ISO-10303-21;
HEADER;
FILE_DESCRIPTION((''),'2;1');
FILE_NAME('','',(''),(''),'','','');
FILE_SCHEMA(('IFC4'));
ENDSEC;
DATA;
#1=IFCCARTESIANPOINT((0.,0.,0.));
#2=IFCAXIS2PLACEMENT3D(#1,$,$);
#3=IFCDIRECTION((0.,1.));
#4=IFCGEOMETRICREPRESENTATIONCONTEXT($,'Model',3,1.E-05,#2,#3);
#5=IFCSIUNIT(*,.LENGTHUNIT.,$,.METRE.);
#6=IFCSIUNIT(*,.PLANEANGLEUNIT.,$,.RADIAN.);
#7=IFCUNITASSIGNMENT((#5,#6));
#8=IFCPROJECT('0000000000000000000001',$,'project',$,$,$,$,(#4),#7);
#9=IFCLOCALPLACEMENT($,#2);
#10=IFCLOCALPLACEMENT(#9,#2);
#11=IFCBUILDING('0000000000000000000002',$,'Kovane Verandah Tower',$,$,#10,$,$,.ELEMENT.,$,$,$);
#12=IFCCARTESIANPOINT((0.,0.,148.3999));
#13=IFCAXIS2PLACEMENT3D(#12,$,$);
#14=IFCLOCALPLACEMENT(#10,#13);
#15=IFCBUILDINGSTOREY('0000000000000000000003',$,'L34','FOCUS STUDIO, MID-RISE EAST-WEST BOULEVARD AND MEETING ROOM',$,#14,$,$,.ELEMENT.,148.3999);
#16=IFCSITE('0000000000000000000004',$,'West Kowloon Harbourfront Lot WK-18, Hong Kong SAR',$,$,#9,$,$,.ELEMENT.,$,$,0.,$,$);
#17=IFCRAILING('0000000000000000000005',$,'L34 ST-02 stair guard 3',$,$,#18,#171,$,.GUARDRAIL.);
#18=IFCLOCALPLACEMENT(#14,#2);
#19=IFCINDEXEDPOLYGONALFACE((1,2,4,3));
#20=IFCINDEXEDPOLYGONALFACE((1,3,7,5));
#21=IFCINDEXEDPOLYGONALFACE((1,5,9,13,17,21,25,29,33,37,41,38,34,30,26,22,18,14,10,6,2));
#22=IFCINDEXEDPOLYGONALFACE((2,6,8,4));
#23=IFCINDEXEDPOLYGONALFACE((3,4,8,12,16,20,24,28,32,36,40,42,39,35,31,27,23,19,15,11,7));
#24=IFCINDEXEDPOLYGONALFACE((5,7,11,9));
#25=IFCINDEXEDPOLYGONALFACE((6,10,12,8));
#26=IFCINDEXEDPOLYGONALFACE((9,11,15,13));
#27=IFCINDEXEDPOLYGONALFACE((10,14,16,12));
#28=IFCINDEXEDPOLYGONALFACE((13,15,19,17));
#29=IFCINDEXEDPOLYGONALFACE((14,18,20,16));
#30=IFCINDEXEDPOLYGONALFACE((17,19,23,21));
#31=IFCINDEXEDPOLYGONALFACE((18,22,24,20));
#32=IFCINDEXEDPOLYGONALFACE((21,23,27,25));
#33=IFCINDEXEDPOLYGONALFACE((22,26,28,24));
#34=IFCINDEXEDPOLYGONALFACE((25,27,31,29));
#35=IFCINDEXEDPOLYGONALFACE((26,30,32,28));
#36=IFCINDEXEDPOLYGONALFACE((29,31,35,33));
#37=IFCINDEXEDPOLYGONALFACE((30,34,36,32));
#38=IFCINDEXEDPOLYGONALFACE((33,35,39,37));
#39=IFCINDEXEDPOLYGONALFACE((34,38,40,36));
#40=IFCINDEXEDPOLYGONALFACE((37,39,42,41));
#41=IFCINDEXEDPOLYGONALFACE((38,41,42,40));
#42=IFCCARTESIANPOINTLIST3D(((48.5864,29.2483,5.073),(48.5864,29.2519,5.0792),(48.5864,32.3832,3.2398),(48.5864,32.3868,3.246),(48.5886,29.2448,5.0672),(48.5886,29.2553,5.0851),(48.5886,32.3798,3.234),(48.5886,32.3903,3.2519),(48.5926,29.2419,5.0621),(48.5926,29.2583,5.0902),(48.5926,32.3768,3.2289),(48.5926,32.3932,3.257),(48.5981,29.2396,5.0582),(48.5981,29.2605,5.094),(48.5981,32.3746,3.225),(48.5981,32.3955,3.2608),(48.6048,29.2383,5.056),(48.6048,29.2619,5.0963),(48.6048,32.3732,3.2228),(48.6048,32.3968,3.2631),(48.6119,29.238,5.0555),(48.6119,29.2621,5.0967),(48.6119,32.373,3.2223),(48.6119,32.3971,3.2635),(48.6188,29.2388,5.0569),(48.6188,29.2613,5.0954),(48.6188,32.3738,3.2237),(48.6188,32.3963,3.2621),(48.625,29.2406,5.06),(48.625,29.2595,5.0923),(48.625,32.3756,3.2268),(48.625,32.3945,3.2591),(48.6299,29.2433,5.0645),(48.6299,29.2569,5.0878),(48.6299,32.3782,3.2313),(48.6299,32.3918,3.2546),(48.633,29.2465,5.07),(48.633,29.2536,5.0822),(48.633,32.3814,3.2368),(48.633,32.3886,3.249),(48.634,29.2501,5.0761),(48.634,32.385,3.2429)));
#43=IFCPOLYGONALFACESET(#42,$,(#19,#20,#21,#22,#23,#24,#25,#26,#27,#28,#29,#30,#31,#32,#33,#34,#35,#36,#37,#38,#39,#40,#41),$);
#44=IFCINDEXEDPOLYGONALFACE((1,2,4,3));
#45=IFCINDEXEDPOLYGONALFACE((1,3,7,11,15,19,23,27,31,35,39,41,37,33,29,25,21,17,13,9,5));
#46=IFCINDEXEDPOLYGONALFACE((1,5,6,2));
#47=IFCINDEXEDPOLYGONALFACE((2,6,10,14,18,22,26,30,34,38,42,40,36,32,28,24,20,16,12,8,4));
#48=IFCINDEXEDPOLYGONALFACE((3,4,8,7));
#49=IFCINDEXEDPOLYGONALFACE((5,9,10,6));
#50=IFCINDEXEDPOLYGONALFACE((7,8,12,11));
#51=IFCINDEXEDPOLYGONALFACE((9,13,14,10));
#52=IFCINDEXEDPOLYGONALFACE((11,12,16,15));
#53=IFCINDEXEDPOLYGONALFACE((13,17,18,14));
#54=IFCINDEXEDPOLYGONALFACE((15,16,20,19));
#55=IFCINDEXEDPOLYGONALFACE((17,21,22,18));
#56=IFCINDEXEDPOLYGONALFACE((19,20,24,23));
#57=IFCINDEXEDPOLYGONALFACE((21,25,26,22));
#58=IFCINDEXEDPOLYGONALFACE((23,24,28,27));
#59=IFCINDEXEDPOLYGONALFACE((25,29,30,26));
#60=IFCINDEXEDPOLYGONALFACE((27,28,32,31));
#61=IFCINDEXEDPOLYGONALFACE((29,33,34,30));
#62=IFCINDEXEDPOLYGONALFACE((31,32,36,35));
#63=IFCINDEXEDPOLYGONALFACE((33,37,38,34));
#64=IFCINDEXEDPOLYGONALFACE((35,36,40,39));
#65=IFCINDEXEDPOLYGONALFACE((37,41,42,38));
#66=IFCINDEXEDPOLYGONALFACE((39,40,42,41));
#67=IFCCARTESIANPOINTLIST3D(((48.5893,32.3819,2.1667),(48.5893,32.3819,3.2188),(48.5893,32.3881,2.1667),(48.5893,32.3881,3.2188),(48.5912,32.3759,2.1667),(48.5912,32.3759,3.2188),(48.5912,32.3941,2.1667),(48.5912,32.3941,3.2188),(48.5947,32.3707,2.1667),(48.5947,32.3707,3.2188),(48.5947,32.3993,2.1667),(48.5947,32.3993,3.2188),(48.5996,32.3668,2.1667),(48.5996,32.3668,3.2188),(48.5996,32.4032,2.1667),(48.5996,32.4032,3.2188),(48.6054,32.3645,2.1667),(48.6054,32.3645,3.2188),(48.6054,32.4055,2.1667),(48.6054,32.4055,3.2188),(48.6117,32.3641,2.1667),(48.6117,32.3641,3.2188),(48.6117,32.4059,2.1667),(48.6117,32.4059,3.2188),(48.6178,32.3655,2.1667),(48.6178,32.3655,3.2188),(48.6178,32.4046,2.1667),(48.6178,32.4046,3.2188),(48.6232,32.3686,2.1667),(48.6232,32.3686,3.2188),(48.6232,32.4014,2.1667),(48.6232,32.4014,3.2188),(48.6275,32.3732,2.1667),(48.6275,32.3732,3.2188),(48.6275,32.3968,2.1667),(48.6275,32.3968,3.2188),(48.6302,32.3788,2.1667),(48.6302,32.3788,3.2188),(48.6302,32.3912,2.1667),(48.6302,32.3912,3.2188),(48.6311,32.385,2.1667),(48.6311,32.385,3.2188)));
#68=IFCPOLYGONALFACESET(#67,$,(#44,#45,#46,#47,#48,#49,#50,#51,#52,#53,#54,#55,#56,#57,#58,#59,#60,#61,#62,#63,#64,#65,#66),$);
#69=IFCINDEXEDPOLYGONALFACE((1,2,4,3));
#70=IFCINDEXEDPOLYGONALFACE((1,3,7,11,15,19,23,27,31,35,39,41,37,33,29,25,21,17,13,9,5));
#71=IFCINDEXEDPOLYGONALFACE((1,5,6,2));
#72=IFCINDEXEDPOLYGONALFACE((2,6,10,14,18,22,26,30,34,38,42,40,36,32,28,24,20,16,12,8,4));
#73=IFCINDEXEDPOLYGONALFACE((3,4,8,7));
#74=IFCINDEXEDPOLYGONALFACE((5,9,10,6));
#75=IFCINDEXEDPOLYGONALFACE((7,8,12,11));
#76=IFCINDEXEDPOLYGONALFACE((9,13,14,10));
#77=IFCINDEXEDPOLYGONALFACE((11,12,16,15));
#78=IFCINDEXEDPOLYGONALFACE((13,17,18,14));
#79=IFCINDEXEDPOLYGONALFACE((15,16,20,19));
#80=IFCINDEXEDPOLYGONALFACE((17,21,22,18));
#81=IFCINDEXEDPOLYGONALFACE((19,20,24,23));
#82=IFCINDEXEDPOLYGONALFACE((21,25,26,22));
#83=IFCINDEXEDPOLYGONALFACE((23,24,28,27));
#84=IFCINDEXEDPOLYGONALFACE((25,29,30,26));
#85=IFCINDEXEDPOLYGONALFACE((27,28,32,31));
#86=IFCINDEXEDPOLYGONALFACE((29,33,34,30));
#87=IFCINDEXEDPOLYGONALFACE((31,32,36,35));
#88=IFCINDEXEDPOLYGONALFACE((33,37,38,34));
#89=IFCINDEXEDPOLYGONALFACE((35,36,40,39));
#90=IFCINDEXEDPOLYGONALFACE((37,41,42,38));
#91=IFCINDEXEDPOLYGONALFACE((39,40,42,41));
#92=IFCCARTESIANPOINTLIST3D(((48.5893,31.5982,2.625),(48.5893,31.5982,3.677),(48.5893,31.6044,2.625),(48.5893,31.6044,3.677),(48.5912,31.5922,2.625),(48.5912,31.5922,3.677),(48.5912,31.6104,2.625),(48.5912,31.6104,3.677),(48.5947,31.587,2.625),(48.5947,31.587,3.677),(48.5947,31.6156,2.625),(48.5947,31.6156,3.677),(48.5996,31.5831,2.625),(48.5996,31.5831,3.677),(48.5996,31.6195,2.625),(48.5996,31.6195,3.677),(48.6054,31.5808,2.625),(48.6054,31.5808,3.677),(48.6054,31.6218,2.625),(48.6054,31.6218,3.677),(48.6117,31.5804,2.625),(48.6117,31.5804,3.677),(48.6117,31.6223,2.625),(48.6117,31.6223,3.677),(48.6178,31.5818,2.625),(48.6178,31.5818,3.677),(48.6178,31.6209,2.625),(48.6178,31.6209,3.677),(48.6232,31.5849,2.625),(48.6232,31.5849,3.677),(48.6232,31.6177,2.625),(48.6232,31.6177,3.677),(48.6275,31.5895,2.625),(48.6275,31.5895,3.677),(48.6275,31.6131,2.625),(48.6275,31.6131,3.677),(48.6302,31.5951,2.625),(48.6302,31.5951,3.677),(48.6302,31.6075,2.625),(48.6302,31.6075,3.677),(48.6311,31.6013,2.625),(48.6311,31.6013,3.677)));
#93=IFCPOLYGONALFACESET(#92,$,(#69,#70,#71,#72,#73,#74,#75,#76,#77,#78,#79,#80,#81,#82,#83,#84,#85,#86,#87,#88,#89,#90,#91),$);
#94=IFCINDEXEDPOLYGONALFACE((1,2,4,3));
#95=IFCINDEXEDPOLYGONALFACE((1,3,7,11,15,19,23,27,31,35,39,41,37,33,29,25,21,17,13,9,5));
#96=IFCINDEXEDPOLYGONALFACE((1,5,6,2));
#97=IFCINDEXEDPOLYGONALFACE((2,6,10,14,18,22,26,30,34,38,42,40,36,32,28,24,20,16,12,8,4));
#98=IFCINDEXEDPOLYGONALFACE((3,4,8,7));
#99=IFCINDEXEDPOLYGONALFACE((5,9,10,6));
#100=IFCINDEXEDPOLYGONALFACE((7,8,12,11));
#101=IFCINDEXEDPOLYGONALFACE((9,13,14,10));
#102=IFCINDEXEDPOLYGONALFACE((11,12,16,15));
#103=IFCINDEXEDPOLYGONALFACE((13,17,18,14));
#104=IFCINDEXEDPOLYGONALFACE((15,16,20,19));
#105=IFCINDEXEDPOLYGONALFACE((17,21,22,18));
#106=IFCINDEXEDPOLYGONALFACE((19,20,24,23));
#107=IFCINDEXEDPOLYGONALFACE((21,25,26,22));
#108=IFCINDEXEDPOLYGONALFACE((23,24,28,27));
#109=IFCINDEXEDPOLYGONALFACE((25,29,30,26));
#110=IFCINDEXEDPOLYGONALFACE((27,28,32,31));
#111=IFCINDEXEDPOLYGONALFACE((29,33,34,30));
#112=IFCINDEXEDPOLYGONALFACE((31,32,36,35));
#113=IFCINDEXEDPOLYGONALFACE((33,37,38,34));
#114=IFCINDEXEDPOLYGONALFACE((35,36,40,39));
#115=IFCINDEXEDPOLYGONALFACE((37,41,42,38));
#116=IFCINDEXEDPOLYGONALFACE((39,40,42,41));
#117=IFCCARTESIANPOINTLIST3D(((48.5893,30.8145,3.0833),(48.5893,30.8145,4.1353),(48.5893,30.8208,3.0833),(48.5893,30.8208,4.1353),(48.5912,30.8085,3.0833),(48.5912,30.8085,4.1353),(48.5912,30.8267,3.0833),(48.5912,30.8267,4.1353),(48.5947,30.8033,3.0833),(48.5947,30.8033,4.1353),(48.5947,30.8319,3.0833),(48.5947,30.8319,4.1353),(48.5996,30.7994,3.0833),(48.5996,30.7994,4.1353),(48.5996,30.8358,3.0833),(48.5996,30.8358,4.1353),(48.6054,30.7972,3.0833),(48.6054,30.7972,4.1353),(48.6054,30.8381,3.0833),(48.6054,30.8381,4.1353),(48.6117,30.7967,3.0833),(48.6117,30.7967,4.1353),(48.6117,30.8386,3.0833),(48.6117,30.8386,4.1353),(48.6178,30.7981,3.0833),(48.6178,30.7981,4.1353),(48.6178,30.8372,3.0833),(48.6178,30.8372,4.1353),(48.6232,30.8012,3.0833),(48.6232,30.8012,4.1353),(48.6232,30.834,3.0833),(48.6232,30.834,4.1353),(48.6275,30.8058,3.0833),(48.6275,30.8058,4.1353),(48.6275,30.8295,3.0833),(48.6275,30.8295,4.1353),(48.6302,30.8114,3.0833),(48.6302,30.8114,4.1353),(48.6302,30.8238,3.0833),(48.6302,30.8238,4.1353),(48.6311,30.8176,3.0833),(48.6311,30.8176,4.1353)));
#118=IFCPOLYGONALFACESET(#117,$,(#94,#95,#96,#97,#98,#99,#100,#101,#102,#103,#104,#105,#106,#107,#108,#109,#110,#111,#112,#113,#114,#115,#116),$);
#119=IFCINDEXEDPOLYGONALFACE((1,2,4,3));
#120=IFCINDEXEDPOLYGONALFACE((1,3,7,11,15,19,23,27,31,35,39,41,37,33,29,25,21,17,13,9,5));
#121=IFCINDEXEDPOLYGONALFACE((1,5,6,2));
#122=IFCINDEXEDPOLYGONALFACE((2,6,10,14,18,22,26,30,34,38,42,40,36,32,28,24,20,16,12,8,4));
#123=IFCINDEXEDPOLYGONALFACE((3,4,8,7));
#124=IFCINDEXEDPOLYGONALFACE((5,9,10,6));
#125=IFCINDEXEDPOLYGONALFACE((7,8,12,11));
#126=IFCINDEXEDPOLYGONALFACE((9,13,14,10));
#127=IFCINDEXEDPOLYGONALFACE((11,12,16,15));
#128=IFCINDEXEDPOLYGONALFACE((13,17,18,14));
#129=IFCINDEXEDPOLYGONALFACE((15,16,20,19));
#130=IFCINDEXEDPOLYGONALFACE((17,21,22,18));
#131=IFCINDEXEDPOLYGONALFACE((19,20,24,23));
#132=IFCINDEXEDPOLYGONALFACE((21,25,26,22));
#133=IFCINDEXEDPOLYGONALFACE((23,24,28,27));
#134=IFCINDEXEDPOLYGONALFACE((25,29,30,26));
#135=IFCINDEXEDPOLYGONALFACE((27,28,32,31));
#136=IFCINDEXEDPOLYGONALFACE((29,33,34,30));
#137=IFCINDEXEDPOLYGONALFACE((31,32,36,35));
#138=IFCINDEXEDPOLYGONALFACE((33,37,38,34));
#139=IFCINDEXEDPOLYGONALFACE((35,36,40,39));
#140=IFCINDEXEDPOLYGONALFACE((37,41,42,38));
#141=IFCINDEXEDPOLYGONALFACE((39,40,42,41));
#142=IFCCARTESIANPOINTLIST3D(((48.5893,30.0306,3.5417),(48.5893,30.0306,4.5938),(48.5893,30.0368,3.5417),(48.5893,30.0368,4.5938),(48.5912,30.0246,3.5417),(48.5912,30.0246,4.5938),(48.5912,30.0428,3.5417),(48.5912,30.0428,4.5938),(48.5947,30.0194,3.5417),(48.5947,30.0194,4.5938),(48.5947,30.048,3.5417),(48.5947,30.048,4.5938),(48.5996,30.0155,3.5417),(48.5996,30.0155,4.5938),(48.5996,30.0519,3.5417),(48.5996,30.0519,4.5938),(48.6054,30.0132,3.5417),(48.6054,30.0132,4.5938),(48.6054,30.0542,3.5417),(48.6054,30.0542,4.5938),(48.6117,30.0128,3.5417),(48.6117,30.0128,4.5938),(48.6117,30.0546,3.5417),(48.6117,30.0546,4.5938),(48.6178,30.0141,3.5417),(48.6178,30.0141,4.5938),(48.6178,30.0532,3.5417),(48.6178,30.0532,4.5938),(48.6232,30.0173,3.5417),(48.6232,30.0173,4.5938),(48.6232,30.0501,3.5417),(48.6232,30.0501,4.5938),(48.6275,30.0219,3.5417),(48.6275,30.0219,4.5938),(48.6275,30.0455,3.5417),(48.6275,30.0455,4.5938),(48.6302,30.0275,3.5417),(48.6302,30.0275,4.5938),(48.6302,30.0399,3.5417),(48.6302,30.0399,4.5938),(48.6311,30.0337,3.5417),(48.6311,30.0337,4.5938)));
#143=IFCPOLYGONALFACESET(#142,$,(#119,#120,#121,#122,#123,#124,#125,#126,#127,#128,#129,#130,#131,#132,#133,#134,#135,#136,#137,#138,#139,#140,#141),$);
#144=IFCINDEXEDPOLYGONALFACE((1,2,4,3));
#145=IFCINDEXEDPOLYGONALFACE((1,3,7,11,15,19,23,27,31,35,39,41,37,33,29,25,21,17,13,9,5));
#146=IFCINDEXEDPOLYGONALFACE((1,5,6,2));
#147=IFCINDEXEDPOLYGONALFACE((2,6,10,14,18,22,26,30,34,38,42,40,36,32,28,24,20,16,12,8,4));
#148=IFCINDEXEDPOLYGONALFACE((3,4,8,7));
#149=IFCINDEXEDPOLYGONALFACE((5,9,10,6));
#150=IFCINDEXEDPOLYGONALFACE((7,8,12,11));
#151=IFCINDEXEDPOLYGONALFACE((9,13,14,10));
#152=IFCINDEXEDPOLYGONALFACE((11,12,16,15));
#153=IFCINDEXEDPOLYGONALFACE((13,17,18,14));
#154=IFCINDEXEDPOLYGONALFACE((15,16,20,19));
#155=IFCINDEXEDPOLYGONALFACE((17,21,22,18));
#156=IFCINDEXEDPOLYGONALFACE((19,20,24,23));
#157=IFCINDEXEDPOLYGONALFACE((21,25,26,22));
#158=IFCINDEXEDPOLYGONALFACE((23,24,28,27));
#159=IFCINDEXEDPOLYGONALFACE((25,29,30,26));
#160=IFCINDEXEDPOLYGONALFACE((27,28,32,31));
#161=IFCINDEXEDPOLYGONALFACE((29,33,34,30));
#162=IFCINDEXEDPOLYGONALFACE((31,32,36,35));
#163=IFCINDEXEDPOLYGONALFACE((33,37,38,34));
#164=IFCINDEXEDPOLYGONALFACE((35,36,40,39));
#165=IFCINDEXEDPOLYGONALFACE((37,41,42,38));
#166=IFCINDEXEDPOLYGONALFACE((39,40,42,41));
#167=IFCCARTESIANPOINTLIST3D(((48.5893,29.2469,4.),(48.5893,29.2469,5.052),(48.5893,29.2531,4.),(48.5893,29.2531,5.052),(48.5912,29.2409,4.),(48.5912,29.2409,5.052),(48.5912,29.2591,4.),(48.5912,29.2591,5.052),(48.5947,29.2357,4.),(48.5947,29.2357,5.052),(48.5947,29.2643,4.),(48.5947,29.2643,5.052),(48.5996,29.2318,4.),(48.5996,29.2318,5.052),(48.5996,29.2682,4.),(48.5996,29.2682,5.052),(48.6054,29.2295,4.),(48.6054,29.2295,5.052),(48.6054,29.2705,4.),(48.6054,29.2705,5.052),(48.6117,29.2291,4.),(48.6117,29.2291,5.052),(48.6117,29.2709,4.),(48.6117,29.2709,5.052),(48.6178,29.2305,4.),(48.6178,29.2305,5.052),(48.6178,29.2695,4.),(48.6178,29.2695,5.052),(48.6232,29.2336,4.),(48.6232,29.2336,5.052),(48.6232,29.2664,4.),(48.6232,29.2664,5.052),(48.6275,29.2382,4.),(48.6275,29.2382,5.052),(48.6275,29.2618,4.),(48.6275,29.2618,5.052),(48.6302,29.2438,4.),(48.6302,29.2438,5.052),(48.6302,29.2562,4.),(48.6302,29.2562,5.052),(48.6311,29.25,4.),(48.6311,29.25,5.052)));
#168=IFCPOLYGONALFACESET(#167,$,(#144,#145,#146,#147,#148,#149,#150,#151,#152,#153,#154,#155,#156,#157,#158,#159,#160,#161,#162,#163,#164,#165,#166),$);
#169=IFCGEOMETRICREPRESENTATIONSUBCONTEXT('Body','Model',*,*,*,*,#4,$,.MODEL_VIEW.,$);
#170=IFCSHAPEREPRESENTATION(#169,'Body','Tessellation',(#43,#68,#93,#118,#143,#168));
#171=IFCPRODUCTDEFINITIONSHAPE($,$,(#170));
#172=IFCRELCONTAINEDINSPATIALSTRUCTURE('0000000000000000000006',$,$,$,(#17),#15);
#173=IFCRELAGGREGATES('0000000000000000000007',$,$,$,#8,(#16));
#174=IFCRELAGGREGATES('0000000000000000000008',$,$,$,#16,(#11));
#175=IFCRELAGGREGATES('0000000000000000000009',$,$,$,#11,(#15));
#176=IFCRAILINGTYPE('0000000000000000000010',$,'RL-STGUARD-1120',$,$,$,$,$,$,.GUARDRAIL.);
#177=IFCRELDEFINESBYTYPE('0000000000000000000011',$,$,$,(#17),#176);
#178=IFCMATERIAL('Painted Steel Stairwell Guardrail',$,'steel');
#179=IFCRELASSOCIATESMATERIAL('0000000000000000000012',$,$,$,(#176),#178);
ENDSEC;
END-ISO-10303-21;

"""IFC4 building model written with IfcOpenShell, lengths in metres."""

from ifc_helpers import new_model, si_unit, direction, frame, origin, origin_2d, place, context, subcontext, project, spatial, circle, extrude, material, type_object, element, save


model = new_model("IFC4")

# Units and contexts
model_context = context("Model", 3, precision=1e-05, world=origin(), true_north=direction((0.0, 1.0)))
body_context = subcontext(model_context, "Body", "Model", "MODEL_VIEW")
ifc_project = project(units=[si_unit("LENGTHUNIT", "METRE"), si_unit("PLANEANGLEUNIT", "RADIAN")], contexts=[model_context])

# Site, building, storey
site_placement = place(None, origin())
site = spatial("IfcSite", under=ifc_project, at=site_placement, Name="West Kowloon Harbourfront Lot WK-18, Hong Kong SAR", CompositionType="ELEMENT", RefElevation=0.0)
building_placement = place(site_placement, origin())
building = spatial("IfcBuilding", under=site, at=building_placement, Name="Kovane Verandah Tower", CompositionType="ELEMENT")
storey_placement = place(building_placement, frame((0.0, 0.0, 148.3999)))
storey = spatial("IfcBuildingStorey", under=building, at=storey_placement, Name="L34", Description="FOCUS STUDIO, MID-RISE EAST-WEST BOULEVARD AND MEETING ROOM", CompositionType="ELEMENT", Elevation=148.3999)

# Railing
ifc_material_1 = material(Name="Painted Steel Stairwell Guardrail", Category="steel")
railing_type_1 = type_object("IfcRailingType", Name="RL-STGUARD-1120", PredefinedType="GUARDRAIL", material=ifc_material_1)
railing_1_placement = place(storey_placement, frame((48.6101, 32.385, 2.1667)))
element("IfcRailing", 1, at=railing_1_placement, inside=storey, type_object=railing_type_1, Name="L34 ST-02 stair guard 3", PredefinedType="GUARDRAIL", context=body_context, shape_type="SweptSolid", body=[
    extrude(circle(Radius=0.0239, at=origin_2d()), frame((0.0, 0.0, 1.0762), z_axis=(0.0, -0.86324, 0.504794), x_axis=(1.0, 0.0, 0.0)), (0.0, 0.0, 1.0), 3.6316),
    extrude(circle(Radius=0.021, at=origin_2d()), origin(), (0.0, 0.0, 1.0), 1.052),
    extrude(circle(Radius=0.021, at=origin_2d()), frame((0.0, -0.7837, 0.4583)), (0.0, 0.0, 1.0), 1.052),
    extrude(circle(Radius=0.021, at=origin_2d()), frame((0.0, -1.5674, 0.9165)), (0.0, 0.0, 1.0), 1.052),
    extrude(circle(Radius=0.021, at=origin_2d()), frame((0.0, -2.3513, 1.375)), (0.0, 0.0, 1.0), 1.052),
    extrude(circle(Radius=0.021, at=origin_2d()), frame((0.0, -3.135, 1.8333)), (0.0, 0.0, 1.0), 1.052),
])

save(model, "model.ifc")
